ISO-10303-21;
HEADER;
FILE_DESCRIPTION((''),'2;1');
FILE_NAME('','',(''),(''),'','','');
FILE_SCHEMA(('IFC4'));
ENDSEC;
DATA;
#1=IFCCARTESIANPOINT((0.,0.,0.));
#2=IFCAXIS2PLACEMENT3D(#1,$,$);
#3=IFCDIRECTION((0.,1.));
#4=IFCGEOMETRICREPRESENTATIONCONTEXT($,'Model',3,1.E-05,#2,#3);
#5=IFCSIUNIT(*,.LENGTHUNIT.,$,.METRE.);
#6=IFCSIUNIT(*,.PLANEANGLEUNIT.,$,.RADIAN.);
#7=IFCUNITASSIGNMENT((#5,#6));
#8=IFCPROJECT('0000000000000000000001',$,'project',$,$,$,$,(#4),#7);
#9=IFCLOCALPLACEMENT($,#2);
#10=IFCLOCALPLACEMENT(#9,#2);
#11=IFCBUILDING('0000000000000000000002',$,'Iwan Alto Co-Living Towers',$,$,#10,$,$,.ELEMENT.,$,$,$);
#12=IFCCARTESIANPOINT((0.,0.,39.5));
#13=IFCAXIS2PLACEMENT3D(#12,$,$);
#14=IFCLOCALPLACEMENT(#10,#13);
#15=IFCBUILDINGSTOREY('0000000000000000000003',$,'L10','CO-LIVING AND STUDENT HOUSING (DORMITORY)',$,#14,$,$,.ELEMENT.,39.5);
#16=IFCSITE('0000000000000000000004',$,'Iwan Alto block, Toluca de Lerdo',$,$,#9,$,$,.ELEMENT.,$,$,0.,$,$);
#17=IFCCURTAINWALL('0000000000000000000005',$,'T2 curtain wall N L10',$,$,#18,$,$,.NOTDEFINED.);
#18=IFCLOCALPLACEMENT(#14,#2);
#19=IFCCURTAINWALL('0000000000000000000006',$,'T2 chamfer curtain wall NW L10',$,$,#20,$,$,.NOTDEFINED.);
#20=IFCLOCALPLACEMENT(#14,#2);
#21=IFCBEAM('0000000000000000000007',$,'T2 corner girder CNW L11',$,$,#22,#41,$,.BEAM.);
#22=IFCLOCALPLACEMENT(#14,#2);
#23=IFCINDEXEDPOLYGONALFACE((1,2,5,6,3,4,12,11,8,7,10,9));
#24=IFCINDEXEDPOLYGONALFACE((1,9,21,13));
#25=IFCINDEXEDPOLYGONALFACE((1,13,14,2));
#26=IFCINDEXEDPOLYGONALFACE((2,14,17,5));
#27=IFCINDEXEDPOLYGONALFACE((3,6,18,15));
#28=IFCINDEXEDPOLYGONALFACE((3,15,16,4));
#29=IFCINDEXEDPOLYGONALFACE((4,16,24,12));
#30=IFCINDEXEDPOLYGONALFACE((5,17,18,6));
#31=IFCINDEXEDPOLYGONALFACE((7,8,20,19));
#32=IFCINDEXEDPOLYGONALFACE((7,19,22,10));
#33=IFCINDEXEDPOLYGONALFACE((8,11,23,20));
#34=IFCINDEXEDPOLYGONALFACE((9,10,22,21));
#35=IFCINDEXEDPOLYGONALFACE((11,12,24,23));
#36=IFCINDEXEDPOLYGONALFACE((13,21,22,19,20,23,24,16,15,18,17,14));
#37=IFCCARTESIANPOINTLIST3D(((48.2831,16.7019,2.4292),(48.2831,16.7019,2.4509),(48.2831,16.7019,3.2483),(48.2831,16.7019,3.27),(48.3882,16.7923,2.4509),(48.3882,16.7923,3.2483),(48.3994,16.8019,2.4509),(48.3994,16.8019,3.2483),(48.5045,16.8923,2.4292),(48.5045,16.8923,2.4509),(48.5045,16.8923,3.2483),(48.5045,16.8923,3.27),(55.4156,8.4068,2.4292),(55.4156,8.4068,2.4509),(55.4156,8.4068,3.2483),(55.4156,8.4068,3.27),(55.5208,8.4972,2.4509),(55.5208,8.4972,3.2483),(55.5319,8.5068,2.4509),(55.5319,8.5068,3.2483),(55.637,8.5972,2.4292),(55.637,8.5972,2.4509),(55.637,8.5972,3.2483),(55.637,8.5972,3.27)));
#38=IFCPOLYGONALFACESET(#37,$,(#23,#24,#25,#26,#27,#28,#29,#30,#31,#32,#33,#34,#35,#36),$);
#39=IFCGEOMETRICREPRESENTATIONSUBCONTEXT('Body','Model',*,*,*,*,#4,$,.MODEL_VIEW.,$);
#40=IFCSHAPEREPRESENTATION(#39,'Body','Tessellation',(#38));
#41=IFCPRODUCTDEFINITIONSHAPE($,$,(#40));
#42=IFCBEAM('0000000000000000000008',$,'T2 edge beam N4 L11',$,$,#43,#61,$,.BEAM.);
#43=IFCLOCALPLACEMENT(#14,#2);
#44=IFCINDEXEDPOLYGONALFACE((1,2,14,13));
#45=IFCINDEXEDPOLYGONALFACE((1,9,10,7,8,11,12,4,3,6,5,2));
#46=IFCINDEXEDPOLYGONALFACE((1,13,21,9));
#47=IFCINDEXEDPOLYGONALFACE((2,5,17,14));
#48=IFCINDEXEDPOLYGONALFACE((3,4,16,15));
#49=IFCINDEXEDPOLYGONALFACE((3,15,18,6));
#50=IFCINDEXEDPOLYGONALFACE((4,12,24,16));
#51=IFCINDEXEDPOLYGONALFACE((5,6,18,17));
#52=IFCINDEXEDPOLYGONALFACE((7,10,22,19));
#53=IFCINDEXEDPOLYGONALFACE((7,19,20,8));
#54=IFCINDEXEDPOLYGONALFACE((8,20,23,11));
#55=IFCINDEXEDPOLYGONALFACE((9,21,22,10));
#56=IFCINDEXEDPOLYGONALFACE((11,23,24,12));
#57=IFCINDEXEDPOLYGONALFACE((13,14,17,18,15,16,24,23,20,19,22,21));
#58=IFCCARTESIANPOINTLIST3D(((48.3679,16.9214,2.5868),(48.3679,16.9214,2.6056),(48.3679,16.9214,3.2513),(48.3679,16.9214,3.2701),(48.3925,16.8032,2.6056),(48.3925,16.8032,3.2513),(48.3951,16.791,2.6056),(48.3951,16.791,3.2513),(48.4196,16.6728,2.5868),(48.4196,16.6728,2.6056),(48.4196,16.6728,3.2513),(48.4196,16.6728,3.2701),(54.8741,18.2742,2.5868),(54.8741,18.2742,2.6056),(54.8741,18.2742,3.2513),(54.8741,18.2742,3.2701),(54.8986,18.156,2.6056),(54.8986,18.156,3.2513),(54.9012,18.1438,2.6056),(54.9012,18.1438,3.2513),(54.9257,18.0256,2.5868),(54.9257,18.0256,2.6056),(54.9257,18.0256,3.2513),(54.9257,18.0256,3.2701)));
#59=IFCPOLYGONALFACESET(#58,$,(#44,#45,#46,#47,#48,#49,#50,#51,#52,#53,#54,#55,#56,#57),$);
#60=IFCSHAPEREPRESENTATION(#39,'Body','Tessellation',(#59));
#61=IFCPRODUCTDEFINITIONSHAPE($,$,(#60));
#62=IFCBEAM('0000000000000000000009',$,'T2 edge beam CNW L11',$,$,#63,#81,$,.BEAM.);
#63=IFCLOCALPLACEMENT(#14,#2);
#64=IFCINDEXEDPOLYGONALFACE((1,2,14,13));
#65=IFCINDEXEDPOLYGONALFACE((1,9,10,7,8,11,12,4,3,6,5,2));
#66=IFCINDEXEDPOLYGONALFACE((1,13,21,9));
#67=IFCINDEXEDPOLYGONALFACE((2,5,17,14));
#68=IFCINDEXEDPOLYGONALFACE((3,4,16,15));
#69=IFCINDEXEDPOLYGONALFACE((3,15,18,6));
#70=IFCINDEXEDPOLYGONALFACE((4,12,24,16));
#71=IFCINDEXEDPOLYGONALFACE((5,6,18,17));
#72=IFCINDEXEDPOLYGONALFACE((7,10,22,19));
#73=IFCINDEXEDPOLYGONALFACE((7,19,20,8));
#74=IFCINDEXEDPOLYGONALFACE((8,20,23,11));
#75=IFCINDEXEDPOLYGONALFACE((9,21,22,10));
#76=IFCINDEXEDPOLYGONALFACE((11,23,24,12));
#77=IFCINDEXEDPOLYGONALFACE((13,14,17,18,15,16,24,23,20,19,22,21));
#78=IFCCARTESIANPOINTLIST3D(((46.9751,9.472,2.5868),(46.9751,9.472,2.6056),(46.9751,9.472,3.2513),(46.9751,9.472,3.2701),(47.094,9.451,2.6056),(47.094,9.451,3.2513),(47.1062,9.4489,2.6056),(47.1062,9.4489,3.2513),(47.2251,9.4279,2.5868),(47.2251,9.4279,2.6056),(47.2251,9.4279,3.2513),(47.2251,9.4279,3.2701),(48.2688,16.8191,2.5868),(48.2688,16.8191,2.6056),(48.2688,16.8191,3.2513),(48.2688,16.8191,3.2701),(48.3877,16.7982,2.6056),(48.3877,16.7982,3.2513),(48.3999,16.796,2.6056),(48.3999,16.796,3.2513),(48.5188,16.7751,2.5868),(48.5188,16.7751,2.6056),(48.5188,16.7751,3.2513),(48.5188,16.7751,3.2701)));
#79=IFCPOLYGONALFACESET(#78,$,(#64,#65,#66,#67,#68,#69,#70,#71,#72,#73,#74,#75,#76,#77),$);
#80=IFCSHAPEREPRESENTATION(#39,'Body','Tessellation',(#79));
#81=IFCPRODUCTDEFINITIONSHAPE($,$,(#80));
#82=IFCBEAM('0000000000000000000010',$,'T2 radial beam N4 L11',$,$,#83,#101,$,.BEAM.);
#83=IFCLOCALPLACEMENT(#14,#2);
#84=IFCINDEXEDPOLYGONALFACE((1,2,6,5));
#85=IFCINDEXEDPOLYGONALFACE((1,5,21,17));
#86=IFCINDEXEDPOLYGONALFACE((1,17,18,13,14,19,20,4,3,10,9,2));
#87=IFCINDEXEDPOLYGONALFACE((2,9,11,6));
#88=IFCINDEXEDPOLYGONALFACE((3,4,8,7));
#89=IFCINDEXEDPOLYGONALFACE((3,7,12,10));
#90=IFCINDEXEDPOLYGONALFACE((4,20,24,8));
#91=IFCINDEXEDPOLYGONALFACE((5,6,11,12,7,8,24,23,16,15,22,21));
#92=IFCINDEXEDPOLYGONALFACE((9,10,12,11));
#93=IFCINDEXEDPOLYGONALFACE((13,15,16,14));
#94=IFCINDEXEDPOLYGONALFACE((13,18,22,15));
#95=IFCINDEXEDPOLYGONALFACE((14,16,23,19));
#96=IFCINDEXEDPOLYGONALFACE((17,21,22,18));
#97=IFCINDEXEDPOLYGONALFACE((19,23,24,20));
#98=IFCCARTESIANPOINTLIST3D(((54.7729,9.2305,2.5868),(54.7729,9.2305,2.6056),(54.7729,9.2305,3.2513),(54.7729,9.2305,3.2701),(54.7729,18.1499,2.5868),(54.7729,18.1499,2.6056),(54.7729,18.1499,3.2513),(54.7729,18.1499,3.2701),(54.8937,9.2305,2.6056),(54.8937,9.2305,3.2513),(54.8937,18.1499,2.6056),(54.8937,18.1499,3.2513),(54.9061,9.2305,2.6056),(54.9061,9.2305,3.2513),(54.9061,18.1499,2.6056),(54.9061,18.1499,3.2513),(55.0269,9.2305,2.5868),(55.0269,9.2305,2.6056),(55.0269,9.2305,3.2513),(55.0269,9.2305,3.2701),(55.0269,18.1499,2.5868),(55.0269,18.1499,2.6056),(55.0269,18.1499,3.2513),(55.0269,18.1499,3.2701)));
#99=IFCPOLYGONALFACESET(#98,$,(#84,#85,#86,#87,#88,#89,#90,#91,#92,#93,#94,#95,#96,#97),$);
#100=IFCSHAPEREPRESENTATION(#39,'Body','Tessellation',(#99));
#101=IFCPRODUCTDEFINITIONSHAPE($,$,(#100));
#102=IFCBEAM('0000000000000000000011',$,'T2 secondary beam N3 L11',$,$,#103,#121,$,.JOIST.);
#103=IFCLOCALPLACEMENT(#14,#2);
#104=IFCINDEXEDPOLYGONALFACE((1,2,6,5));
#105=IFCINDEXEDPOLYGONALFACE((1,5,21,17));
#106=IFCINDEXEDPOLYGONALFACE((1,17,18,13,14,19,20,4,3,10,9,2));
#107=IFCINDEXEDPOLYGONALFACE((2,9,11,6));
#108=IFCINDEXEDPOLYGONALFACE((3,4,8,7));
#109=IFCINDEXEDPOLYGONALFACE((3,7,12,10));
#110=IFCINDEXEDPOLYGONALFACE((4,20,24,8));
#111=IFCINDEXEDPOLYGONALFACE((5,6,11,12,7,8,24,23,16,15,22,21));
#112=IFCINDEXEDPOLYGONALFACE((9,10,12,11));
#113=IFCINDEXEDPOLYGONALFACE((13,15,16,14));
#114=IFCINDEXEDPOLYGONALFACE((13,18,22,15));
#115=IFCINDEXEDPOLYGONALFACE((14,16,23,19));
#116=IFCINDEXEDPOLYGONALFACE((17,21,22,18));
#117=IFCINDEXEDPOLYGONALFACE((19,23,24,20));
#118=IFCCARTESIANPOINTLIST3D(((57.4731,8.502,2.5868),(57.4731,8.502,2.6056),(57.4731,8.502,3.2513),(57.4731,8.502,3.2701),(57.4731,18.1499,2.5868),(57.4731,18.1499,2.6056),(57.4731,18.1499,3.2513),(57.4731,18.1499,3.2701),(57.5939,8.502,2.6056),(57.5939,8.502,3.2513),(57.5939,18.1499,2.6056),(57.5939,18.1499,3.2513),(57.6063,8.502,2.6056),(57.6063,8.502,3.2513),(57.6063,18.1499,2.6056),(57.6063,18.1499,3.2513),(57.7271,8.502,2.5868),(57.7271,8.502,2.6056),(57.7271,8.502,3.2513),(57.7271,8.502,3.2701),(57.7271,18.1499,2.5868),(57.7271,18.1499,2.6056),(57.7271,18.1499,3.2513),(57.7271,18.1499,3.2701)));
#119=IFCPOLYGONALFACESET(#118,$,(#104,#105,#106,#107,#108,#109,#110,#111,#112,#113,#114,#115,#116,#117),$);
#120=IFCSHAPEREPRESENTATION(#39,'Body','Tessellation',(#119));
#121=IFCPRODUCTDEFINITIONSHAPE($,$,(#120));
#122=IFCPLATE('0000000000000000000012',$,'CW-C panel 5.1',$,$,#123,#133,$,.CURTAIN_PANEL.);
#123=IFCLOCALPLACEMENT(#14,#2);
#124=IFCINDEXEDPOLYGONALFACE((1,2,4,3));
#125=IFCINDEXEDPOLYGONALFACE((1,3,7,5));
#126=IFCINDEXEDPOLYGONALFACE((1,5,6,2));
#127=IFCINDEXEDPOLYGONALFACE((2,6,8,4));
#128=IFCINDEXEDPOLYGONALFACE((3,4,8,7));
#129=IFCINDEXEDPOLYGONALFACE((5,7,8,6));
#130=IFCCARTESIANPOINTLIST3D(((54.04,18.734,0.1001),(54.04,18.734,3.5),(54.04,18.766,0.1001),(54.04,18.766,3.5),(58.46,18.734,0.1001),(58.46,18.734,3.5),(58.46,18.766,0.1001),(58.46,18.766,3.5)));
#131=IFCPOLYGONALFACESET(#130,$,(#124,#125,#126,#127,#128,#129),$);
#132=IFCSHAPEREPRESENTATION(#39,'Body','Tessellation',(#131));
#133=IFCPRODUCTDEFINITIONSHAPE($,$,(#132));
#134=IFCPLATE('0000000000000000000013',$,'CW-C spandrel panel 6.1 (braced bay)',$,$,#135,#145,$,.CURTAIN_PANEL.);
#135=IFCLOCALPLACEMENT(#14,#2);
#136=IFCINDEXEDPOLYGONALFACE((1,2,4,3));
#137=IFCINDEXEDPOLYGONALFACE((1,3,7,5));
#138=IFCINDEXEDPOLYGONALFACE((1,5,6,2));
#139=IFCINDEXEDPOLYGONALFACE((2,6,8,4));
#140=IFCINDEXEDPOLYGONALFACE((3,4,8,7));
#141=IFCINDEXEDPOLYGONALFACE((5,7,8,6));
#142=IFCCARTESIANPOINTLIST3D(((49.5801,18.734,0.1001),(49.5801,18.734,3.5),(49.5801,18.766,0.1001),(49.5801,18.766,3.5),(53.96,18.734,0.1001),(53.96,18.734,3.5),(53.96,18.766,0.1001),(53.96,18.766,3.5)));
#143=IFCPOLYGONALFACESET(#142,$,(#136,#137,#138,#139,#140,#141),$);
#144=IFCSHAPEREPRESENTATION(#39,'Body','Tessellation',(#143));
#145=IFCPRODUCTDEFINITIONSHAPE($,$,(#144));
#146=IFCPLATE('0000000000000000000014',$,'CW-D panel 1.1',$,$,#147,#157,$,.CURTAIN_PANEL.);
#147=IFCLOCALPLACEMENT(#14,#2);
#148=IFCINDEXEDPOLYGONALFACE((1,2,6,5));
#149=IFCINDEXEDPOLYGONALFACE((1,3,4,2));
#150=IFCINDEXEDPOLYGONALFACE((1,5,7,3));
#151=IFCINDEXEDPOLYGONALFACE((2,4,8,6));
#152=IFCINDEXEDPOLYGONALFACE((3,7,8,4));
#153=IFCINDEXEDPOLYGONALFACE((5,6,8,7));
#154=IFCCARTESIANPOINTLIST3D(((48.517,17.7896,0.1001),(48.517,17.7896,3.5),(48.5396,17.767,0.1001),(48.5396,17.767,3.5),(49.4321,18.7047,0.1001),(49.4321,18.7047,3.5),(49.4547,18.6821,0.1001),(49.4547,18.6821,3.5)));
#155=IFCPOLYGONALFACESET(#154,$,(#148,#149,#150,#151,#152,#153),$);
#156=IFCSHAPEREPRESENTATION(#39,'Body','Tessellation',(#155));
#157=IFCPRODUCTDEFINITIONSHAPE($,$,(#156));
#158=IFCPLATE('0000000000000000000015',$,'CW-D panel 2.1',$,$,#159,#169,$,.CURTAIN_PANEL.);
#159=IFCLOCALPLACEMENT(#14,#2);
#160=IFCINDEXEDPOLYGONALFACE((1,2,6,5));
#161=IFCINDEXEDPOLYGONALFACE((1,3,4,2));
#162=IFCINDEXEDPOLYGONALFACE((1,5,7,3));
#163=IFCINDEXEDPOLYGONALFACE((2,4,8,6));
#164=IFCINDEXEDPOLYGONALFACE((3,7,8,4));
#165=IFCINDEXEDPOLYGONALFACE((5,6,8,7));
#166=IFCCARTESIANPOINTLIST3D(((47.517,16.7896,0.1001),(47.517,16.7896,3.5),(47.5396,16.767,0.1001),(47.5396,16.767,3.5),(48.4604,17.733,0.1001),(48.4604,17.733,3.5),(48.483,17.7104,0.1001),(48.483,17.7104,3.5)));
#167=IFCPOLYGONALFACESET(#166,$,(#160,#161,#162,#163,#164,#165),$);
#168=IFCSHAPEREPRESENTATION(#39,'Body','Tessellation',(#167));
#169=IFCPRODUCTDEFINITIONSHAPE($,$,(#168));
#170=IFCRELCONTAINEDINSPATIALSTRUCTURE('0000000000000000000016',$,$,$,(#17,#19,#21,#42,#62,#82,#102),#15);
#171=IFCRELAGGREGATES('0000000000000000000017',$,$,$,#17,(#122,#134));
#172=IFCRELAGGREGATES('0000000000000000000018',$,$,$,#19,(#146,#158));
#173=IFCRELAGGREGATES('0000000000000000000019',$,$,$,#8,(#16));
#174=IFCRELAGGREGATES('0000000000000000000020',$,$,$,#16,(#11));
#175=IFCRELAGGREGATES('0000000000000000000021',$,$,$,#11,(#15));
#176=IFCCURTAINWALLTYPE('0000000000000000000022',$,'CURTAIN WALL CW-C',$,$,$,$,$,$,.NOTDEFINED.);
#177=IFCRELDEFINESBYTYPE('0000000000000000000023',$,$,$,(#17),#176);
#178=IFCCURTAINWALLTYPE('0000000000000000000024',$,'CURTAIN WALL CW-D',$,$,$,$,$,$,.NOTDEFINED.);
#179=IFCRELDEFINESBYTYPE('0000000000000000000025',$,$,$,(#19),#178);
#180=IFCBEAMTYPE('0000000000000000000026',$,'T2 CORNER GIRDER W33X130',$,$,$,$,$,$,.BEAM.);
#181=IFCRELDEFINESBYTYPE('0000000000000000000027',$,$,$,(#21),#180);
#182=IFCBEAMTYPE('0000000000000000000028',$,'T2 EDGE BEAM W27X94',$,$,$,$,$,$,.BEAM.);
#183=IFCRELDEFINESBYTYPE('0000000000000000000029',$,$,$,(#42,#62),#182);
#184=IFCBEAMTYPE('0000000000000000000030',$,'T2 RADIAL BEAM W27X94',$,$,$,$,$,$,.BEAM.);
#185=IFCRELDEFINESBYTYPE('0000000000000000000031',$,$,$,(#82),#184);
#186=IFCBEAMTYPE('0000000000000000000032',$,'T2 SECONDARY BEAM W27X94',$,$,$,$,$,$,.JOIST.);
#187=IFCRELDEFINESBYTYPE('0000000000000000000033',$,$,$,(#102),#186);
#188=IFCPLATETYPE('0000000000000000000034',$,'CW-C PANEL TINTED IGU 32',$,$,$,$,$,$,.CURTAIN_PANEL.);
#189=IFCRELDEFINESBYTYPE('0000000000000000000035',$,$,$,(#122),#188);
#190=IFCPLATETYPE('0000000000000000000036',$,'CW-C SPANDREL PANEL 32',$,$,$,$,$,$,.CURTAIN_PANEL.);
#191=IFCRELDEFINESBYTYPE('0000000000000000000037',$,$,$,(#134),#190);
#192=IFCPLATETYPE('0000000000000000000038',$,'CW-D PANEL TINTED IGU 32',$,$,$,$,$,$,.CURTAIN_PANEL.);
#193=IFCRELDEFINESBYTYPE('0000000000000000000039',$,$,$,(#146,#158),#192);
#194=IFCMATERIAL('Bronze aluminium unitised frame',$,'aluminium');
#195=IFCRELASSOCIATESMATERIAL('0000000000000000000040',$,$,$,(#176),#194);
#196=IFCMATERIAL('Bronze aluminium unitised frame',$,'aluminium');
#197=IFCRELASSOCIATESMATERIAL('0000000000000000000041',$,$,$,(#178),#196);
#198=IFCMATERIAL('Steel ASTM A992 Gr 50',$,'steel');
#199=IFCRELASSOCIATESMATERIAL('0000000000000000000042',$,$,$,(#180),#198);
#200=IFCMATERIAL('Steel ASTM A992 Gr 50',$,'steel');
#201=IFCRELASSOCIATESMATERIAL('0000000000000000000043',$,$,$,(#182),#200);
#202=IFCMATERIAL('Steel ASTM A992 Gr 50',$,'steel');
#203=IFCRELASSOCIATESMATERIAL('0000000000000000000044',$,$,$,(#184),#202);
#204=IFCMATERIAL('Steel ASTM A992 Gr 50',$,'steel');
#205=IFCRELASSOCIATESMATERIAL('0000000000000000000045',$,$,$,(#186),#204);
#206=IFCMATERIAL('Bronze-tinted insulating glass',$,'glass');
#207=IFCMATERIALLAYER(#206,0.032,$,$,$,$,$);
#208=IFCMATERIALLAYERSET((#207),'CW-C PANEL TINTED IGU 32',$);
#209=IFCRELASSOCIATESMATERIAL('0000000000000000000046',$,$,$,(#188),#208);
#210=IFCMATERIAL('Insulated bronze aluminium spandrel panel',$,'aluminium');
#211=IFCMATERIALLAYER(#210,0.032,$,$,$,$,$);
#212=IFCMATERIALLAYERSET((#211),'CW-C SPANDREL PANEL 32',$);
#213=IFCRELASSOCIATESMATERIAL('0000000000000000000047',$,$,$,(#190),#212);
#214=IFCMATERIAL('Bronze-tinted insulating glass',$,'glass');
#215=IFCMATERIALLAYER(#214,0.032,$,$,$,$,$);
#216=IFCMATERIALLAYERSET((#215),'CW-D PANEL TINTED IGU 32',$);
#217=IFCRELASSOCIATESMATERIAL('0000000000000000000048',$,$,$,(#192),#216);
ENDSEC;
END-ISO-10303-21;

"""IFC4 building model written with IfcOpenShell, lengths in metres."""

from ifc_helpers import new_model, si_unit, direction, frame, origin, origin_2d, place, context, subcontext, project, spatial, rectangle, i_section, extrude, material, layer, layer_set, material_profile, profile_set, type_object, element, aggregate, save


model = new_model("IFC4")

# Units and contexts
model_context = context("Model", 3, precision=1e-05, world=origin(), true_north=direction((0.0, 1.0)))
body_context = subcontext(model_context, "Body", "Model", "MODEL_VIEW")
ifc_project = project(units=[si_unit("LENGTHUNIT", "METRE"), si_unit("PLANEANGLEUNIT", "RADIAN")], contexts=[model_context])

# Site, building, storey
site_placement = place(None, origin())
site = spatial("IfcSite", under=ifc_project, at=site_placement, Name="Iwan Alto block, Toluca de Lerdo", CompositionType="ELEMENT", RefElevation=0.0)
building_placement = place(site_placement, origin())
building = spatial("IfcBuilding", under=site, at=building_placement, Name="Iwan Alto Co-Living Towers", CompositionType="ELEMENT")
storey_placement = place(building_placement, frame((0.0, 0.0, 39.5)))
storey = spatial("IfcBuildingStorey", under=building, at=storey_placement, Name="L10", Description="CO-LIVING AND STUDENT HOUSING (DORMITORY)", CompositionType="ELEMENT", Elevation=39.5)

# Curtain walls
ifc_material_1 = material(Name="Bronze aluminium unitised frame", Category="aluminium")
curtain_wall_type_1 = type_object("IfcCurtainWallType", Name="CURTAIN WALL CW-C", PredefinedType="NOTDEFINED", material=ifc_material_1)
curtain_wall_1_placement = place(storey_placement, origin())
curtain_wall_1 = element("IfcCurtainWall", 1, at=curtain_wall_1_placement, inside=storey, type_object=curtain_wall_type_1, Name="T2 curtain wall N L10", PredefinedType="NOTDEFINED")
ifc_material_2 = material(Name="Bronze aluminium unitised frame", Category="aluminium")
curtain_wall_type_2 = type_object("IfcCurtainWallType", Name="CURTAIN WALL CW-D", PredefinedType="NOTDEFINED", material=ifc_material_2)
curtain_wall_2_placement = place(storey_placement, origin())
curtain_wall_2 = element("IfcCurtainWall", 2, at=curtain_wall_2_placement, inside=storey, type_object=curtain_wall_type_2, Name="T2 chamfer curtain wall NW L10", PredefinedType="NOTDEFINED")

# Beams
ifc_material_3 = material(Name="Steel ASTM A992 Gr 50", Category="steel")
ifc_material_profile_1 = material_profile(ifc_material_3, i_section(OverallWidth=0.292, OverallDepth=0.8408, WebThickness=0.0146, FlangeThickness=0.0217, at=origin_2d()), Name="W33X130")
ifc_profile_set_1 = profile_set([ifc_material_profile_1], Name="Steel ASTM A992 Gr 50")
beam_type_1 = type_object("IfcBeamType", Name="T2 CORNER GIRDER W33X130", PredefinedType="BEAM", material=ifc_profile_set_1)
beam_1_placement = place(storey_placement, frame((48.3938, 16.7971, 2.8496), z_axis=(0.651972, -0.758243, 0.0), x_axis=(0.758243, 0.651972, 0.0)))
element("IfcBeam", 3, at=beam_1_placement, inside=storey, type_object=beam_type_1, Name="T2 corner girder CNW L11", PredefinedType="BEAM", context=body_context, shape_type="SweptSolid", body=[
    extrude(i_section(OverallWidth=0.292, OverallDepth=0.8408, WebThickness=0.0146, FlangeThickness=0.0217, at=origin_2d()), origin(), (0.0, 0.0, 1.0), 10.9399),
])
ifc_material_4 = material(Name="Steel ASTM A992 Gr 50", Category="steel")
ifc_material_profile_2 = material_profile(ifc_material_4, i_section(OverallWidth=0.2539, OverallDepth=0.6833, WebThickness=0.0125, FlangeThickness=0.0188, at=origin_2d()), Name="W27X94")
ifc_profile_set_2 = profile_set([ifc_material_profile_2], Name="Steel ASTM A992 Gr 50")
beam_type_2 = type_object("IfcBeamType", Name="T2 EDGE BEAM W27X94", PredefinedType="BEAM", material=ifc_profile_set_2)
beam_2_placement = place(storey_placement, frame((54.8999, 18.1499, 2.9285), z_axis=(-0.97906, -0.203571, 0.0), x_axis=(0.203571, -0.97906, 0.0)))
element("IfcBeam", 4, at=beam_2_placement, inside=storey, type_object=beam_type_2, Name="T2 edge beam N4 L11", PredefinedType="BEAM", context=body_context, shape_type="SweptSolid", body=[
    extrude(i_section(OverallWidth=0.2539, OverallDepth=0.6833, WebThickness=0.0125, FlangeThickness=0.0188, at=origin_2d()), origin(), (0.0, 0.0, 1.0), 6.6453),
])
beam_3_placement = place(storey_placement, frame((48.3938, 16.7971, 2.9285), z_axis=(-0.173414, -0.984849, 0.0), x_axis=(0.984849, -0.173414, 0.0)))
element("IfcBeam", 5, at=beam_3_placement, inside=storey, type_object=beam_type_2, Name="T2 edge beam CNW L11", PredefinedType="BEAM", context=body_context, shape_type="SweptSolid", body=[
    extrude(i_section(OverallWidth=0.2539, OverallDepth=0.6833, WebThickness=0.0125, FlangeThickness=0.0188, at=origin_2d()), origin(), (0.0, 0.0, 1.0), 7.4602),
])
ifc_material_5 = material(Name="Steel ASTM A992 Gr 50", Category="steel")
ifc_material_profile_3 = material_profile(ifc_material_5, i_section(OverallWidth=0.2539, OverallDepth=0.6833, WebThickness=0.0125, FlangeThickness=0.0188, at=origin_2d()), Name="W27X94")
ifc_profile_set_3 = profile_set([ifc_material_profile_3], Name="Steel ASTM A992 Gr 50")
beam_type_3 = type_object("IfcBeamType", Name="T2 RADIAL BEAM W27X94", PredefinedType="BEAM", material=ifc_profile_set_3)
beam_4_placement = place(storey_placement, frame((54.8999, 18.1499, 2.9285), z_axis=(0.0, -1.0, 0.0), x_axis=(1.0, 0.0, 0.0)))
element("IfcBeam", 6, at=beam_4_placement, inside=storey, type_object=beam_type_3, Name="T2 radial beam N4 L11", PredefinedType="BEAM", context=body_context, shape_type="SweptSolid", body=[
    extrude(i_section(OverallWidth=0.2539, OverallDepth=0.6833, WebThickness=0.0125, FlangeThickness=0.0188, at=origin_2d()), origin(), (0.0, 0.0, 1.0), 8.9194),
])
ifc_material_6 = material(Name="Steel ASTM A992 Gr 50", Category="steel")
ifc_material_profile_4 = material_profile(ifc_material_6, i_section(OverallWidth=0.2539, OverallDepth=0.6833, WebThickness=0.0125, FlangeThickness=0.0188, at=origin_2d()), Name="W27X94")
ifc_profile_set_4 = profile_set([ifc_material_profile_4], Name="Steel ASTM A992 Gr 50")
beam_type_4 = type_object("IfcBeamType", Name="T2 SECONDARY BEAM W27X94", PredefinedType="JOIST", material=ifc_profile_set_4)
beam_5_placement = place(storey_placement, frame((57.6001, 18.1499, 2.9285), z_axis=(0.0, -1.0, 0.0), x_axis=(1.0, 0.0, 0.0)))
element("IfcBeam", 7, at=beam_5_placement, inside=storey, type_object=beam_type_4, Name="T2 secondary beam N3 L11", PredefinedType="JOIST", context=body_context, shape_type="SweptSolid", body=[
    extrude(i_section(OverallWidth=0.2539, OverallDepth=0.6833, WebThickness=0.0125, FlangeThickness=0.0188, at=origin_2d()), origin(), (0.0, 0.0, 1.0), 9.6479),
])

# Plates
ifc_material_7 = material(Name="Bronze-tinted insulating glass", Category="glass")
ifc_layer_1 = layer(ifc_material_7, 0.032)
ifc_layer_set_1 = layer_set([ifc_layer_1], Name="CW-C PANEL TINTED IGU 32")
plate_type_1 = type_object("IfcPlateType", Name="CW-C PANEL TINTED IGU 32", PredefinedType="CURTAIN_PANEL", material=ifc_layer_set_1)
plate_1_placement = place(storey_placement, frame((56.25, 18.75, 0.1001), z_axis=(0.0, 0.0, 1.0), x_axis=(-1.0, 0.0, 0.0)))
plate_1 = element("IfcPlate", 8, at=plate_1_placement, type_object=plate_type_1, Name="CW-C panel 5.1", PredefinedType="CURTAIN_PANEL", context=body_context, shape_type="SweptSolid", body=[
    extrude(rectangle(XDim=4.4199, YDim=0.032, at=origin_2d()), origin(), (0.0, 0.0, 1.0), 3.3999),
])
ifc_material_8 = material(Name="Insulated bronze aluminium spandrel panel", Category="aluminium")
ifc_layer_2 = layer(ifc_material_8, 0.032)
ifc_layer_set_2 = layer_set([ifc_layer_2], Name="CW-C SPANDREL PANEL 32")
plate_type_2 = type_object("IfcPlateType", Name="CW-C SPANDREL PANEL 32", PredefinedType="CURTAIN_PANEL", material=ifc_layer_set_2)
plate_2_placement = place(storey_placement, frame((51.77, 18.75, 0.1001), z_axis=(0.0, 0.0, 1.0), x_axis=(-1.0, 0.0, 0.0)))
plate_2 = element("IfcPlate", 9, at=plate_2_placement, type_object=plate_type_2, Name="CW-C spandrel panel 6.1 (braced bay)", PredefinedType="CURTAIN_PANEL", context=body_context, shape_type="SweptSolid", body=[
    extrude(rectangle(XDim=4.3799, YDim=0.032, at=origin_2d()), origin(), (0.0, 0.0, 1.0), 3.3999),
])
aggregate(curtain_wall_1, [plate_1, plate_2])
ifc_material_9 = material(Name="Bronze-tinted insulating glass", Category="glass")
ifc_layer_3 = layer(ifc_material_9, 0.032)
ifc_layer_set_3 = layer_set([ifc_layer_3], Name="CW-D PANEL TINTED IGU 32")
plate_type_3 = type_object("IfcPlateType", Name="CW-D PANEL TINTED IGU 32", PredefinedType="CURTAIN_PANEL", material=ifc_layer_set_3)
plate_3_placement = place(storey_placement, frame((48.9858, 18.2358, 0.1001), z_axis=(0.0, 0.0, 1.0), x_axis=(-0.707107, -0.707107, 0.0)))
plate_3 = element("IfcPlate", 10, at=plate_3_placement, type_object=plate_type_3, Name="CW-D panel 1.1", PredefinedType="CURTAIN_PANEL", context=body_context, shape_type="SweptSolid", body=[
    extrude(rectangle(XDim=1.2942, YDim=0.032, at=origin_2d()), origin(), (0.0, 0.0, 1.0), 3.3999),
])
plate_4_placement = place(storey_placement, frame((48.0, 17.25, 0.1001), z_axis=(0.0, 0.0, 1.0), x_axis=(-0.707107, -0.707107, 0.0)))
plate_4 = element("IfcPlate", 11, at=plate_4_placement, type_object=plate_type_3, Name="CW-D panel 2.1", PredefinedType="CURTAIN_PANEL", context=body_context, shape_type="SweptSolid", body=[
    extrude(rectangle(XDim=1.3342, YDim=0.032, at=origin_2d()), origin(), (0.0, 0.0, 1.0), 3.3999),
])
aggregate(curtain_wall_2, [plate_3, plate_4])

save(model, "model.ifc")
